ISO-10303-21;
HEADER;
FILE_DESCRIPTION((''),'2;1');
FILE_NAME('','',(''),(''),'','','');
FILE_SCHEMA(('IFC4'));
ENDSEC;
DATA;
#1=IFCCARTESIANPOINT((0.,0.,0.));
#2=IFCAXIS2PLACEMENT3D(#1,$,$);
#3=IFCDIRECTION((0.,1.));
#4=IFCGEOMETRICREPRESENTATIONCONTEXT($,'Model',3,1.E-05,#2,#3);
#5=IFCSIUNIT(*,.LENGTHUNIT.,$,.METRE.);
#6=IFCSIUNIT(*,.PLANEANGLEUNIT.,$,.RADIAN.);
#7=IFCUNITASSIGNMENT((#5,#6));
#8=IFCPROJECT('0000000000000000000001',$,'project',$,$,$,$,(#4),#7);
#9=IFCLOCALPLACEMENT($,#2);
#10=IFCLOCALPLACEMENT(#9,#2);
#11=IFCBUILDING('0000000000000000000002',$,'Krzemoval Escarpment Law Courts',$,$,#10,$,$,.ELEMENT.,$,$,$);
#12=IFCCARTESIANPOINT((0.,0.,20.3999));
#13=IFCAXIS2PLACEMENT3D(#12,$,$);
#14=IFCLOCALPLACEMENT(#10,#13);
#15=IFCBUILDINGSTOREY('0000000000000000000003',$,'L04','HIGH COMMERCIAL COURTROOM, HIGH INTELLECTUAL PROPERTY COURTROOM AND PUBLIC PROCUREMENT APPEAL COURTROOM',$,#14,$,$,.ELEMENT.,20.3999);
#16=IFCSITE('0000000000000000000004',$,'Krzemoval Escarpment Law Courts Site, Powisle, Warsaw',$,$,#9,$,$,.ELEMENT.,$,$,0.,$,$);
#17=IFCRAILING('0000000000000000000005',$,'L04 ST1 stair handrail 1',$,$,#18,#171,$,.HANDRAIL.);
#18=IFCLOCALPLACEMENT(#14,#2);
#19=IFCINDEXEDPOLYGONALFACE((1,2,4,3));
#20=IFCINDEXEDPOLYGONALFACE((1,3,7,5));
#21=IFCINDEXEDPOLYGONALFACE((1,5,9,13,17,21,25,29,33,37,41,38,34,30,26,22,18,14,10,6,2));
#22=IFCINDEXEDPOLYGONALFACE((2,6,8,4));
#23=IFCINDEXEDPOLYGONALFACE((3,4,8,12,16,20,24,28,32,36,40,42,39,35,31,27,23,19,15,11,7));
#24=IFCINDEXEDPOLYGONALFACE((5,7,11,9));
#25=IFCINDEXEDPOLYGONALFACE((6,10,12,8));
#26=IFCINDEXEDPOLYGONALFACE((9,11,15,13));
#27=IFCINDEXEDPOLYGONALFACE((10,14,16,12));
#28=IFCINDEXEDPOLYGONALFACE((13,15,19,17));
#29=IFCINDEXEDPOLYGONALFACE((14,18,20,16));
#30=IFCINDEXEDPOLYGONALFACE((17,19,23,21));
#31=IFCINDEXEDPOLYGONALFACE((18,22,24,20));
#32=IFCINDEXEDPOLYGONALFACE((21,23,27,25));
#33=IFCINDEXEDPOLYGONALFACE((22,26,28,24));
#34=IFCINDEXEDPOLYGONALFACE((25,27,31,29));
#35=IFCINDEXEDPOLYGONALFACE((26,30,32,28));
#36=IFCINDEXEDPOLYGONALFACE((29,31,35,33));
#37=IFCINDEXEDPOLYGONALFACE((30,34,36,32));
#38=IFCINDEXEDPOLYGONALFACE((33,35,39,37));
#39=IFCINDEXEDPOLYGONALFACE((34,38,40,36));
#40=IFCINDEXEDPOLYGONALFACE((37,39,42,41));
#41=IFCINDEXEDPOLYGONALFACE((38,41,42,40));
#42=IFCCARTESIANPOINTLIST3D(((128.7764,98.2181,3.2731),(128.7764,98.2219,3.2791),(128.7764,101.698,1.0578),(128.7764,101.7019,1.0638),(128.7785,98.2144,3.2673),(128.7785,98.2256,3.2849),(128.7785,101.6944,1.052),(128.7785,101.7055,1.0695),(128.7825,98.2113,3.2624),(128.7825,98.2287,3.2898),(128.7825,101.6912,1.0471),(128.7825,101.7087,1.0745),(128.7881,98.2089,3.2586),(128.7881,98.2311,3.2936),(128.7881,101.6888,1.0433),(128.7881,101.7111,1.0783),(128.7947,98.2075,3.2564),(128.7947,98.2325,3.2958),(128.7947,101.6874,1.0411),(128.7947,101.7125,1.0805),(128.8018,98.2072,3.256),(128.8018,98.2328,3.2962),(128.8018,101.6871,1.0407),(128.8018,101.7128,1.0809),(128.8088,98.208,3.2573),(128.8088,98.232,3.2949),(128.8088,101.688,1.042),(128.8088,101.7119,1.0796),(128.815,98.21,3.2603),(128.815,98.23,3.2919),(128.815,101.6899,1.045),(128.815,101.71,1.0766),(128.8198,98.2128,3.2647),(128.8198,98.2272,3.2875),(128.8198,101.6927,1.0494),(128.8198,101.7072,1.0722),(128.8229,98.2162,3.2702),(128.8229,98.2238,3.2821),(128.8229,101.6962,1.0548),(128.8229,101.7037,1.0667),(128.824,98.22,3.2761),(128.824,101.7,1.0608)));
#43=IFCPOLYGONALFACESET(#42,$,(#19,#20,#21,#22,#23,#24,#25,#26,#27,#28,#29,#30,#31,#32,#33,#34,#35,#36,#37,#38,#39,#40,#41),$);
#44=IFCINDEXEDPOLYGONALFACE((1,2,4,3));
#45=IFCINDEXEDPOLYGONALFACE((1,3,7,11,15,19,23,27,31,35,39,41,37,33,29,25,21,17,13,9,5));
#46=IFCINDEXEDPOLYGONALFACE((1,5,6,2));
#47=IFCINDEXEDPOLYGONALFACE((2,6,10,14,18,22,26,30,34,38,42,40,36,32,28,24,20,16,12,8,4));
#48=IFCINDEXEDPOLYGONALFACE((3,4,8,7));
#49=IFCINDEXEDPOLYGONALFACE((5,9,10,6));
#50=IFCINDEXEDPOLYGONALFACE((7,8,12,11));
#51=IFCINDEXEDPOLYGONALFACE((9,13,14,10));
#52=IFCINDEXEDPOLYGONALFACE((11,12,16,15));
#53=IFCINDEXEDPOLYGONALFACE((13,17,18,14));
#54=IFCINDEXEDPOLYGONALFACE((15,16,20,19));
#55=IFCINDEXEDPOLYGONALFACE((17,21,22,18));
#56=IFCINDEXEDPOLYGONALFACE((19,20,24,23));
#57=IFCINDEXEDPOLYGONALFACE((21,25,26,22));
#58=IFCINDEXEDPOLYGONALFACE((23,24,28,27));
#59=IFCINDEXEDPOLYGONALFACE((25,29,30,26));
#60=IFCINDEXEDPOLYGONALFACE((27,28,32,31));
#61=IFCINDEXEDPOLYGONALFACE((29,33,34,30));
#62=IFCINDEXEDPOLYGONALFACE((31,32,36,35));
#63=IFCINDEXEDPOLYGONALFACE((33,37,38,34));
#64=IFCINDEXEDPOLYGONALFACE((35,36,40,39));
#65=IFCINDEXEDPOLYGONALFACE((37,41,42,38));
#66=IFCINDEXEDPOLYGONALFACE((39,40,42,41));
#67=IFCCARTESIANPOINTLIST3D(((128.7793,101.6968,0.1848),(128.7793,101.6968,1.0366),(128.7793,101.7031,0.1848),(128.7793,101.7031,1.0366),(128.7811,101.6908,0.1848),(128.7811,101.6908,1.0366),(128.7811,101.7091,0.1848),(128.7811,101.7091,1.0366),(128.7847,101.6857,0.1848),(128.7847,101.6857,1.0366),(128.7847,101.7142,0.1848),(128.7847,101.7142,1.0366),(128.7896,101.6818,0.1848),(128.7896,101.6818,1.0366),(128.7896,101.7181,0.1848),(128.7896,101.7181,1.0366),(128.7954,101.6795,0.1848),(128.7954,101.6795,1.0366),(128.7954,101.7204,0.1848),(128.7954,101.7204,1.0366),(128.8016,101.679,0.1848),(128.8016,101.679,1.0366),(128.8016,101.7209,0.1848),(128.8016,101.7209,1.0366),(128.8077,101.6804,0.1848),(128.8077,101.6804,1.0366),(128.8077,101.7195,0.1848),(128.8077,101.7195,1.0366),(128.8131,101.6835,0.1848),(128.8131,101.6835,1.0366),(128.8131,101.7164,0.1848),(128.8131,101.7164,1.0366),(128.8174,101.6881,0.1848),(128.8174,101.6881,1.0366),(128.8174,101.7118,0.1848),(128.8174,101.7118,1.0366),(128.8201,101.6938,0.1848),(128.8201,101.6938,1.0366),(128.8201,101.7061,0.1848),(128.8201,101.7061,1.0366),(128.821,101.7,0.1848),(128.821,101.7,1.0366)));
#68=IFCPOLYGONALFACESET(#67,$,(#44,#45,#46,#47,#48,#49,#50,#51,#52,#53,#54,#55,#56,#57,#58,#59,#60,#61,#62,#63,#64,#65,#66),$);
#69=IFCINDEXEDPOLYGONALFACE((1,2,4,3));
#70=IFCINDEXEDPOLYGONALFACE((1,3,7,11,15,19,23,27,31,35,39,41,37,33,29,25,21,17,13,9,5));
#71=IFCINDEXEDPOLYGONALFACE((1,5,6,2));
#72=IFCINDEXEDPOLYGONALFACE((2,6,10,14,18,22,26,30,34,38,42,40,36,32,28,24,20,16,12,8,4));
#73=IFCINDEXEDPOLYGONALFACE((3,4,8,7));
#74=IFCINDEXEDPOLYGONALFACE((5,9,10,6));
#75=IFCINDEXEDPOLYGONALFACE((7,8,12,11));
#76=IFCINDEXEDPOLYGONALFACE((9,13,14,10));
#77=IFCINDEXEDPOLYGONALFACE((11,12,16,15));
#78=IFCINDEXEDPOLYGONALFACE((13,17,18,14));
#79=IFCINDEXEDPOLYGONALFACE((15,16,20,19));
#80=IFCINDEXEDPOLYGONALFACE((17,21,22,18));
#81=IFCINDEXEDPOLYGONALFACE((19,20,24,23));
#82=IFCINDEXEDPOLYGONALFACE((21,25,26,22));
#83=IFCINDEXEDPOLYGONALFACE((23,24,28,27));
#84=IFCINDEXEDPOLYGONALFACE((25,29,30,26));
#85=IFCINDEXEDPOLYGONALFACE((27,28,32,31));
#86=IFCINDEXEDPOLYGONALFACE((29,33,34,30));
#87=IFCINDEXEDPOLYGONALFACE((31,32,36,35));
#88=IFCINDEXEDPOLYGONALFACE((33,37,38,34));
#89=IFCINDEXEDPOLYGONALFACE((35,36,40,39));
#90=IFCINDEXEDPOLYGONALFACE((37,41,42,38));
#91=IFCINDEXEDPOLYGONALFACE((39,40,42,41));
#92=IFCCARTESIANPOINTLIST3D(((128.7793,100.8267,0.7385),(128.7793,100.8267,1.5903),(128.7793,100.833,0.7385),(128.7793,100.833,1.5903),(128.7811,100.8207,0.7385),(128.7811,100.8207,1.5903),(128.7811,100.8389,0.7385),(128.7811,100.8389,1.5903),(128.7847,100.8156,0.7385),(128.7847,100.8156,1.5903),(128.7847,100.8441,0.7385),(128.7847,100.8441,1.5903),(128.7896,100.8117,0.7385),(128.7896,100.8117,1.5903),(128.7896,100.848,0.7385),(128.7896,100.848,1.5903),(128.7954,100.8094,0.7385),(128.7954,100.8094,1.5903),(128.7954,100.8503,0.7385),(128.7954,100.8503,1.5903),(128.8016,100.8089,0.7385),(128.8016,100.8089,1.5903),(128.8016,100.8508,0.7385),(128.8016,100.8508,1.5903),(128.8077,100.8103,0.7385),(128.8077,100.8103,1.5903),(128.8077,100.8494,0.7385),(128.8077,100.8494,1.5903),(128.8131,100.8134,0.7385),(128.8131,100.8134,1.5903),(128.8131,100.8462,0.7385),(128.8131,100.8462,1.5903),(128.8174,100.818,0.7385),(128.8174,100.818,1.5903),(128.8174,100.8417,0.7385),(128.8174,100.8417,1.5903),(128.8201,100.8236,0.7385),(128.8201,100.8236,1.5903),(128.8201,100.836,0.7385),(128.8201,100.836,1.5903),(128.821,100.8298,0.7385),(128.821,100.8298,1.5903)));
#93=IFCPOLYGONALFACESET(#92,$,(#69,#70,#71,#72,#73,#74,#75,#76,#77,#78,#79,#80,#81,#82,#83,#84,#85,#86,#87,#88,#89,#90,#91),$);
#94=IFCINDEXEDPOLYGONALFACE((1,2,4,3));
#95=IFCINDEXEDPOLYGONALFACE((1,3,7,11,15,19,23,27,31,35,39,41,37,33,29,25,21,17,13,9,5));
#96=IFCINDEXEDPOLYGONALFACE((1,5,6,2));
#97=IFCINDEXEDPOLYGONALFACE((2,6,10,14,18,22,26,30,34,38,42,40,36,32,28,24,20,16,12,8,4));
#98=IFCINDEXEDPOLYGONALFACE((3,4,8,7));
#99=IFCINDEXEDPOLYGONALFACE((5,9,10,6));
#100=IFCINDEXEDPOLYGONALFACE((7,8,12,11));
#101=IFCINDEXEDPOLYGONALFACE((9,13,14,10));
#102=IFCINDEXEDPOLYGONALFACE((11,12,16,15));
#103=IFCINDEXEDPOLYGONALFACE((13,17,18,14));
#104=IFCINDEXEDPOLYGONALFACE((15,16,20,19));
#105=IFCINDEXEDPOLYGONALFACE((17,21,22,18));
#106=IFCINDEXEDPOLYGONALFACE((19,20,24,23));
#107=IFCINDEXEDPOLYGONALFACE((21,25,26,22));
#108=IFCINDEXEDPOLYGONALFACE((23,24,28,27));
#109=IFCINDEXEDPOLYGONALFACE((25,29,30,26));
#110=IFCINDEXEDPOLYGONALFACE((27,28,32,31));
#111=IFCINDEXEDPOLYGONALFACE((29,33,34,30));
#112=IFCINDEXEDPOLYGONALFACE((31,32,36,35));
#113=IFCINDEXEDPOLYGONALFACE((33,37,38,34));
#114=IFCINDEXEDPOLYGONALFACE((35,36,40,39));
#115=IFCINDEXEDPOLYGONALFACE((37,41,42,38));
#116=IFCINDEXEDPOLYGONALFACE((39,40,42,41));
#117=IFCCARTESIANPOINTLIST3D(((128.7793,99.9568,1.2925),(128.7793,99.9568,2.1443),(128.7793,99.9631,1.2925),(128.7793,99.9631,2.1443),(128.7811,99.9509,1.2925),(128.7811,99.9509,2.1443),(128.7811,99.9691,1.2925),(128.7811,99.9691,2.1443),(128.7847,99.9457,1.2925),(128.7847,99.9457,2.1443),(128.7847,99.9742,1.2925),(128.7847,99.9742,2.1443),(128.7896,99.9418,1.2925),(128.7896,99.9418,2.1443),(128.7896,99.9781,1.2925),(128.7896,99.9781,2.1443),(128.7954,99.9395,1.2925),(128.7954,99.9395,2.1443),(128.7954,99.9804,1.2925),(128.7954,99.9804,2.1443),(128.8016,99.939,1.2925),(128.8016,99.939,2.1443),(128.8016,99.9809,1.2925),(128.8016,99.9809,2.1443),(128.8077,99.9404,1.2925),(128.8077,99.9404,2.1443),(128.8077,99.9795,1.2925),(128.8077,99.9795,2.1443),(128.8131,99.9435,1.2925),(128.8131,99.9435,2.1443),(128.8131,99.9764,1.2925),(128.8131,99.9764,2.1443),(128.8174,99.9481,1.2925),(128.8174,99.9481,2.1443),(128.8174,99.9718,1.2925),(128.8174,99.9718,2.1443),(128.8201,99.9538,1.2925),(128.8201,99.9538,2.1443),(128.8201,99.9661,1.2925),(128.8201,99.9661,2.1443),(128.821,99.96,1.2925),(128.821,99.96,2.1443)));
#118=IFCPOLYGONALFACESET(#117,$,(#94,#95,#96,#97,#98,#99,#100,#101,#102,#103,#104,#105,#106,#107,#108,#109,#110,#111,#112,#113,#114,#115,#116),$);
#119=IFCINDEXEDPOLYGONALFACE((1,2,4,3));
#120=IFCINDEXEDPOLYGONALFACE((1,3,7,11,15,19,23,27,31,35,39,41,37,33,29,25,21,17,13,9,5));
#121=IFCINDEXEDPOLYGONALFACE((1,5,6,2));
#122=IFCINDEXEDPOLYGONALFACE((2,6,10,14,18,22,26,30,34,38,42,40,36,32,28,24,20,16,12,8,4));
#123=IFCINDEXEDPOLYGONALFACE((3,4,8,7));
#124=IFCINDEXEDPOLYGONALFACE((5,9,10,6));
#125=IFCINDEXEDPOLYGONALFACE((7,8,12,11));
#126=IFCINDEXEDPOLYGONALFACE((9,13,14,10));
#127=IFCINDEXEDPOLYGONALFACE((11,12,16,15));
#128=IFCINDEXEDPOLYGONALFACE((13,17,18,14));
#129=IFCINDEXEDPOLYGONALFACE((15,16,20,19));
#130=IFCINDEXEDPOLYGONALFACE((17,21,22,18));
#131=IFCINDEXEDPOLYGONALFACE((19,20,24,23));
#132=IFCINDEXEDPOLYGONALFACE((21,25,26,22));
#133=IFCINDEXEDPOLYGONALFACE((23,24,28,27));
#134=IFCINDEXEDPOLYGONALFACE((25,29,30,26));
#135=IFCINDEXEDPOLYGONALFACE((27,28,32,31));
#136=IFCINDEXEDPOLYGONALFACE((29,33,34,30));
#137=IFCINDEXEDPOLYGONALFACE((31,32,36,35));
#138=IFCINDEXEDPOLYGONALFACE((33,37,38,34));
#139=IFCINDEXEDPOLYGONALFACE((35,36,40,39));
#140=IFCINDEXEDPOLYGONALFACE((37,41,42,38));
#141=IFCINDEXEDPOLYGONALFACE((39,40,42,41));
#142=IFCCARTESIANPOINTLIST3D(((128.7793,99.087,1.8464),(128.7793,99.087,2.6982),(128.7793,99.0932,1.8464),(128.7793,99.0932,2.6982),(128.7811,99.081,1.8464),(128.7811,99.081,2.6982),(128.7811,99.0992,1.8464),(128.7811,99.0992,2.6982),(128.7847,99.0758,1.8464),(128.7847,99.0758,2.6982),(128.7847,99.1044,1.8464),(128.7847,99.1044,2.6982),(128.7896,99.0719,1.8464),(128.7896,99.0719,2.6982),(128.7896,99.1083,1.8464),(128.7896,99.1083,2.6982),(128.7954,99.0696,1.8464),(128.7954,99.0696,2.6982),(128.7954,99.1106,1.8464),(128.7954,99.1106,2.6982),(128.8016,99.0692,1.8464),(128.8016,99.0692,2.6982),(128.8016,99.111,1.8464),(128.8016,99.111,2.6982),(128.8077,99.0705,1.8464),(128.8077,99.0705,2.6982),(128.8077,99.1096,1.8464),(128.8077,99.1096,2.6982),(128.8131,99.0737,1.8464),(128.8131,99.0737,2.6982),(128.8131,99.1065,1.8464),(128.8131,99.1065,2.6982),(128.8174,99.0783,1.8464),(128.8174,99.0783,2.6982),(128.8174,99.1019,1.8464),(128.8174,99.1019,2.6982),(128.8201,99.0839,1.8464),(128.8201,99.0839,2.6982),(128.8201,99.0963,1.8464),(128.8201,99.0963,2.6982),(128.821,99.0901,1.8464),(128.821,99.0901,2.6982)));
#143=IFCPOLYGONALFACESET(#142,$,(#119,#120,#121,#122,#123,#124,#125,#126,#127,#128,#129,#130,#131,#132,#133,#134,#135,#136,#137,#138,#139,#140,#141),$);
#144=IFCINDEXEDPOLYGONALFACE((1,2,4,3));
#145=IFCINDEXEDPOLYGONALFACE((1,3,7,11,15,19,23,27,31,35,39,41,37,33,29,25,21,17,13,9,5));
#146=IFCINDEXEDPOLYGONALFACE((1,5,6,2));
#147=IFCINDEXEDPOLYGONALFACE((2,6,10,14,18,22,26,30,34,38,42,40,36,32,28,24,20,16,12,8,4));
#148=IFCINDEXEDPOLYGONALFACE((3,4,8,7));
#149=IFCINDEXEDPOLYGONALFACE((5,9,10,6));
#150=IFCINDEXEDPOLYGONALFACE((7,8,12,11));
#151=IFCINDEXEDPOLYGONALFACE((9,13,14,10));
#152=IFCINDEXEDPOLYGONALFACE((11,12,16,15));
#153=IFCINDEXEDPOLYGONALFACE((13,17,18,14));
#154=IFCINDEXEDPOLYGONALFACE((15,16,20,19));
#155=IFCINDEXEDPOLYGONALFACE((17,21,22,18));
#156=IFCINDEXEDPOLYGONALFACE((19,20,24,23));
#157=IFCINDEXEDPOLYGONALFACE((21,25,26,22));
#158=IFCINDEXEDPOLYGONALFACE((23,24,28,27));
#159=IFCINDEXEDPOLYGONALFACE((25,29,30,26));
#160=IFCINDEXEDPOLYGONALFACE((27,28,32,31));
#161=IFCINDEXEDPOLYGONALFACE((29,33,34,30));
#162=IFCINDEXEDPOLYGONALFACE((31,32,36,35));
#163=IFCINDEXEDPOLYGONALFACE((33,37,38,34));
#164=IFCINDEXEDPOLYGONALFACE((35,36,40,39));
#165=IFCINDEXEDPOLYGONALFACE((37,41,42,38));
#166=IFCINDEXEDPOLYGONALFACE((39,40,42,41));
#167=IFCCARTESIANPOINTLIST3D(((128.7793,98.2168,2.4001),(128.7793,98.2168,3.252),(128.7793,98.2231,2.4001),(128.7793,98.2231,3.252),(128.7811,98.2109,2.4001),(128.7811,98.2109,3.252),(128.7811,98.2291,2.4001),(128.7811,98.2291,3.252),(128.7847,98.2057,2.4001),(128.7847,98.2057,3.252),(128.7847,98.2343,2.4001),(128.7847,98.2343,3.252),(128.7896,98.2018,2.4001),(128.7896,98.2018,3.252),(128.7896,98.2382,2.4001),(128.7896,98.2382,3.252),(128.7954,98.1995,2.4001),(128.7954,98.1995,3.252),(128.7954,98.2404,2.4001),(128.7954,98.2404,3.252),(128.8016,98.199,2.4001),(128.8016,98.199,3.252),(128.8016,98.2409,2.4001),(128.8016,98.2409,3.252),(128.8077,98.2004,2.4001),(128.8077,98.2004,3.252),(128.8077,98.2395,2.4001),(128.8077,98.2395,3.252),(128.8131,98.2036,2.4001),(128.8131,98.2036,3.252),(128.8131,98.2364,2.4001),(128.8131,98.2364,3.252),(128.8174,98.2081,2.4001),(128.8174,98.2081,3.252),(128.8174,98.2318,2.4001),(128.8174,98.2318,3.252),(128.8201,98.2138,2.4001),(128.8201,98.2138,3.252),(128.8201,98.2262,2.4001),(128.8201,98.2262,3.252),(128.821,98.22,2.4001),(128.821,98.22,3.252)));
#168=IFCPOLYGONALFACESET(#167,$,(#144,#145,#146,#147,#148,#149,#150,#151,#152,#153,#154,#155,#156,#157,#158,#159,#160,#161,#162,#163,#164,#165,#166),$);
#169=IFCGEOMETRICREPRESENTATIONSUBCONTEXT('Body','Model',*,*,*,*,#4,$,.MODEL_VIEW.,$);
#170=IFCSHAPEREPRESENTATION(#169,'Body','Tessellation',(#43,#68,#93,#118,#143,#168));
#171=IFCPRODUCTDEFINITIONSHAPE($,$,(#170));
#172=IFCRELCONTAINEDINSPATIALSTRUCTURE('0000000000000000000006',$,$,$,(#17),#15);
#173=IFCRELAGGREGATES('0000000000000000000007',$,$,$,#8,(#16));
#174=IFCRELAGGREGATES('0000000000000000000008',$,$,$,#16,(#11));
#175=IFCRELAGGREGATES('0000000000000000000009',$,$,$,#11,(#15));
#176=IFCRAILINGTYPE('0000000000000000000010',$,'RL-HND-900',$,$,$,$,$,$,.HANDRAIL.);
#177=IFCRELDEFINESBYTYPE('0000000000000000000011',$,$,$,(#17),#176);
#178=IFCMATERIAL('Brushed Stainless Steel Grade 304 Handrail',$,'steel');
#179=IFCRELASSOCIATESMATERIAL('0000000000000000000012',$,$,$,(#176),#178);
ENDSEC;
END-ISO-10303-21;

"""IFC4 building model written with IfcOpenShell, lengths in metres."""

from ifc_helpers import new_model, si_unit, direction, frame, origin, origin_2d, place, context, subcontext, project, spatial, circle, extrude, material, type_object, element, save


model = new_model("IFC4")

# Units and contexts
model_context = context("Model", 3, precision=1e-05, world=origin(), true_north=direction((0.0, 1.0)))
body_context = subcontext(model_context, "Body", "Model", "MODEL_VIEW")
ifc_project = project(units=[si_unit("LENGTHUNIT", "METRE"), si_unit("PLANEANGLEUNIT", "RADIAN")], contexts=[model_context])

# Site, building, storey
site_placement = place(None, origin())
site = spatial("IfcSite", under=ifc_project, at=site_placement, Name="Krzemoval Escarpment Law Courts Site, Powisle, Warsaw", CompositionType="ELEMENT", RefElevation=0.0)
building_placement = place(site_placement, origin())
building = spatial("IfcBuilding", under=site, at=building_placement, Name="Krzemoval Escarpment Law Courts", CompositionType="ELEMENT")
storey_placement = place(building_placement, frame((0.0, 0.0, 20.3999)))
storey = spatial("IfcBuildingStorey", under=building, at=storey_placement, Name="L04", Description="HIGH COMMERCIAL COURTROOM, HIGH INTELLECTUAL PROPERTY COURTROOM AND PUBLIC PROCUREMENT APPEAL COURTROOM", CompositionType="ELEMENT", Elevation=20.3999)

# Railing
ifc_material_1 = material(Name="Brushed Stainless Steel Grade 304 Handrail", Category="steel")
railing_type_1 = type_object("IfcRailingType", Name="RL-HND-900", PredefinedType="HANDRAIL", material=ifc_material_1)
railing_1_placement = place(storey_placement, frame((128.8, 101.7, 0.1848)))
element("IfcRailing", 1, at=railing_1_placement, inside=storey, type_object=railing_type_1, Name="L04 ST1 stair handrail 1", PredefinedType="HANDRAIL", context=body_context, shape_type="SweptSolid", body=[
    extrude(circle(Radius=0.0239, at=origin_2d()), frame((0.0, 0.0, 0.876), z_axis=(0.0, -0.843574, 0.537013), x_axis=(1.0, 0.0, 0.0)), (0.0, 0.0, 1.0), 4.1252),
    extrude(circle(Radius=0.021, at=origin_2d()), origin(), (0.0, 0.0, 1.0), 0.8518),
    extrude(circle(Radius=0.021, at=origin_2d()), frame((0.0, -0.8701, 0.5537)), (0.0, 0.0, 1.0), 0.8518),
    extrude(circle(Radius=0.021, at=origin_2d()), frame((0.0, -1.74, 1.1077)), (0.0, 0.0, 1.0), 0.8518),
    extrude(circle(Radius=0.021, at=origin_2d()), frame((0.0, -2.6099, 1.6616)), (0.0, 0.0, 1.0), 0.8518),
    extrude(circle(Radius=0.021, at=origin_2d()), frame((0.0, -3.48, 2.2153)), (0.0, 0.0, 1.0), 0.8518),
])

save(model, "model.ifc")
